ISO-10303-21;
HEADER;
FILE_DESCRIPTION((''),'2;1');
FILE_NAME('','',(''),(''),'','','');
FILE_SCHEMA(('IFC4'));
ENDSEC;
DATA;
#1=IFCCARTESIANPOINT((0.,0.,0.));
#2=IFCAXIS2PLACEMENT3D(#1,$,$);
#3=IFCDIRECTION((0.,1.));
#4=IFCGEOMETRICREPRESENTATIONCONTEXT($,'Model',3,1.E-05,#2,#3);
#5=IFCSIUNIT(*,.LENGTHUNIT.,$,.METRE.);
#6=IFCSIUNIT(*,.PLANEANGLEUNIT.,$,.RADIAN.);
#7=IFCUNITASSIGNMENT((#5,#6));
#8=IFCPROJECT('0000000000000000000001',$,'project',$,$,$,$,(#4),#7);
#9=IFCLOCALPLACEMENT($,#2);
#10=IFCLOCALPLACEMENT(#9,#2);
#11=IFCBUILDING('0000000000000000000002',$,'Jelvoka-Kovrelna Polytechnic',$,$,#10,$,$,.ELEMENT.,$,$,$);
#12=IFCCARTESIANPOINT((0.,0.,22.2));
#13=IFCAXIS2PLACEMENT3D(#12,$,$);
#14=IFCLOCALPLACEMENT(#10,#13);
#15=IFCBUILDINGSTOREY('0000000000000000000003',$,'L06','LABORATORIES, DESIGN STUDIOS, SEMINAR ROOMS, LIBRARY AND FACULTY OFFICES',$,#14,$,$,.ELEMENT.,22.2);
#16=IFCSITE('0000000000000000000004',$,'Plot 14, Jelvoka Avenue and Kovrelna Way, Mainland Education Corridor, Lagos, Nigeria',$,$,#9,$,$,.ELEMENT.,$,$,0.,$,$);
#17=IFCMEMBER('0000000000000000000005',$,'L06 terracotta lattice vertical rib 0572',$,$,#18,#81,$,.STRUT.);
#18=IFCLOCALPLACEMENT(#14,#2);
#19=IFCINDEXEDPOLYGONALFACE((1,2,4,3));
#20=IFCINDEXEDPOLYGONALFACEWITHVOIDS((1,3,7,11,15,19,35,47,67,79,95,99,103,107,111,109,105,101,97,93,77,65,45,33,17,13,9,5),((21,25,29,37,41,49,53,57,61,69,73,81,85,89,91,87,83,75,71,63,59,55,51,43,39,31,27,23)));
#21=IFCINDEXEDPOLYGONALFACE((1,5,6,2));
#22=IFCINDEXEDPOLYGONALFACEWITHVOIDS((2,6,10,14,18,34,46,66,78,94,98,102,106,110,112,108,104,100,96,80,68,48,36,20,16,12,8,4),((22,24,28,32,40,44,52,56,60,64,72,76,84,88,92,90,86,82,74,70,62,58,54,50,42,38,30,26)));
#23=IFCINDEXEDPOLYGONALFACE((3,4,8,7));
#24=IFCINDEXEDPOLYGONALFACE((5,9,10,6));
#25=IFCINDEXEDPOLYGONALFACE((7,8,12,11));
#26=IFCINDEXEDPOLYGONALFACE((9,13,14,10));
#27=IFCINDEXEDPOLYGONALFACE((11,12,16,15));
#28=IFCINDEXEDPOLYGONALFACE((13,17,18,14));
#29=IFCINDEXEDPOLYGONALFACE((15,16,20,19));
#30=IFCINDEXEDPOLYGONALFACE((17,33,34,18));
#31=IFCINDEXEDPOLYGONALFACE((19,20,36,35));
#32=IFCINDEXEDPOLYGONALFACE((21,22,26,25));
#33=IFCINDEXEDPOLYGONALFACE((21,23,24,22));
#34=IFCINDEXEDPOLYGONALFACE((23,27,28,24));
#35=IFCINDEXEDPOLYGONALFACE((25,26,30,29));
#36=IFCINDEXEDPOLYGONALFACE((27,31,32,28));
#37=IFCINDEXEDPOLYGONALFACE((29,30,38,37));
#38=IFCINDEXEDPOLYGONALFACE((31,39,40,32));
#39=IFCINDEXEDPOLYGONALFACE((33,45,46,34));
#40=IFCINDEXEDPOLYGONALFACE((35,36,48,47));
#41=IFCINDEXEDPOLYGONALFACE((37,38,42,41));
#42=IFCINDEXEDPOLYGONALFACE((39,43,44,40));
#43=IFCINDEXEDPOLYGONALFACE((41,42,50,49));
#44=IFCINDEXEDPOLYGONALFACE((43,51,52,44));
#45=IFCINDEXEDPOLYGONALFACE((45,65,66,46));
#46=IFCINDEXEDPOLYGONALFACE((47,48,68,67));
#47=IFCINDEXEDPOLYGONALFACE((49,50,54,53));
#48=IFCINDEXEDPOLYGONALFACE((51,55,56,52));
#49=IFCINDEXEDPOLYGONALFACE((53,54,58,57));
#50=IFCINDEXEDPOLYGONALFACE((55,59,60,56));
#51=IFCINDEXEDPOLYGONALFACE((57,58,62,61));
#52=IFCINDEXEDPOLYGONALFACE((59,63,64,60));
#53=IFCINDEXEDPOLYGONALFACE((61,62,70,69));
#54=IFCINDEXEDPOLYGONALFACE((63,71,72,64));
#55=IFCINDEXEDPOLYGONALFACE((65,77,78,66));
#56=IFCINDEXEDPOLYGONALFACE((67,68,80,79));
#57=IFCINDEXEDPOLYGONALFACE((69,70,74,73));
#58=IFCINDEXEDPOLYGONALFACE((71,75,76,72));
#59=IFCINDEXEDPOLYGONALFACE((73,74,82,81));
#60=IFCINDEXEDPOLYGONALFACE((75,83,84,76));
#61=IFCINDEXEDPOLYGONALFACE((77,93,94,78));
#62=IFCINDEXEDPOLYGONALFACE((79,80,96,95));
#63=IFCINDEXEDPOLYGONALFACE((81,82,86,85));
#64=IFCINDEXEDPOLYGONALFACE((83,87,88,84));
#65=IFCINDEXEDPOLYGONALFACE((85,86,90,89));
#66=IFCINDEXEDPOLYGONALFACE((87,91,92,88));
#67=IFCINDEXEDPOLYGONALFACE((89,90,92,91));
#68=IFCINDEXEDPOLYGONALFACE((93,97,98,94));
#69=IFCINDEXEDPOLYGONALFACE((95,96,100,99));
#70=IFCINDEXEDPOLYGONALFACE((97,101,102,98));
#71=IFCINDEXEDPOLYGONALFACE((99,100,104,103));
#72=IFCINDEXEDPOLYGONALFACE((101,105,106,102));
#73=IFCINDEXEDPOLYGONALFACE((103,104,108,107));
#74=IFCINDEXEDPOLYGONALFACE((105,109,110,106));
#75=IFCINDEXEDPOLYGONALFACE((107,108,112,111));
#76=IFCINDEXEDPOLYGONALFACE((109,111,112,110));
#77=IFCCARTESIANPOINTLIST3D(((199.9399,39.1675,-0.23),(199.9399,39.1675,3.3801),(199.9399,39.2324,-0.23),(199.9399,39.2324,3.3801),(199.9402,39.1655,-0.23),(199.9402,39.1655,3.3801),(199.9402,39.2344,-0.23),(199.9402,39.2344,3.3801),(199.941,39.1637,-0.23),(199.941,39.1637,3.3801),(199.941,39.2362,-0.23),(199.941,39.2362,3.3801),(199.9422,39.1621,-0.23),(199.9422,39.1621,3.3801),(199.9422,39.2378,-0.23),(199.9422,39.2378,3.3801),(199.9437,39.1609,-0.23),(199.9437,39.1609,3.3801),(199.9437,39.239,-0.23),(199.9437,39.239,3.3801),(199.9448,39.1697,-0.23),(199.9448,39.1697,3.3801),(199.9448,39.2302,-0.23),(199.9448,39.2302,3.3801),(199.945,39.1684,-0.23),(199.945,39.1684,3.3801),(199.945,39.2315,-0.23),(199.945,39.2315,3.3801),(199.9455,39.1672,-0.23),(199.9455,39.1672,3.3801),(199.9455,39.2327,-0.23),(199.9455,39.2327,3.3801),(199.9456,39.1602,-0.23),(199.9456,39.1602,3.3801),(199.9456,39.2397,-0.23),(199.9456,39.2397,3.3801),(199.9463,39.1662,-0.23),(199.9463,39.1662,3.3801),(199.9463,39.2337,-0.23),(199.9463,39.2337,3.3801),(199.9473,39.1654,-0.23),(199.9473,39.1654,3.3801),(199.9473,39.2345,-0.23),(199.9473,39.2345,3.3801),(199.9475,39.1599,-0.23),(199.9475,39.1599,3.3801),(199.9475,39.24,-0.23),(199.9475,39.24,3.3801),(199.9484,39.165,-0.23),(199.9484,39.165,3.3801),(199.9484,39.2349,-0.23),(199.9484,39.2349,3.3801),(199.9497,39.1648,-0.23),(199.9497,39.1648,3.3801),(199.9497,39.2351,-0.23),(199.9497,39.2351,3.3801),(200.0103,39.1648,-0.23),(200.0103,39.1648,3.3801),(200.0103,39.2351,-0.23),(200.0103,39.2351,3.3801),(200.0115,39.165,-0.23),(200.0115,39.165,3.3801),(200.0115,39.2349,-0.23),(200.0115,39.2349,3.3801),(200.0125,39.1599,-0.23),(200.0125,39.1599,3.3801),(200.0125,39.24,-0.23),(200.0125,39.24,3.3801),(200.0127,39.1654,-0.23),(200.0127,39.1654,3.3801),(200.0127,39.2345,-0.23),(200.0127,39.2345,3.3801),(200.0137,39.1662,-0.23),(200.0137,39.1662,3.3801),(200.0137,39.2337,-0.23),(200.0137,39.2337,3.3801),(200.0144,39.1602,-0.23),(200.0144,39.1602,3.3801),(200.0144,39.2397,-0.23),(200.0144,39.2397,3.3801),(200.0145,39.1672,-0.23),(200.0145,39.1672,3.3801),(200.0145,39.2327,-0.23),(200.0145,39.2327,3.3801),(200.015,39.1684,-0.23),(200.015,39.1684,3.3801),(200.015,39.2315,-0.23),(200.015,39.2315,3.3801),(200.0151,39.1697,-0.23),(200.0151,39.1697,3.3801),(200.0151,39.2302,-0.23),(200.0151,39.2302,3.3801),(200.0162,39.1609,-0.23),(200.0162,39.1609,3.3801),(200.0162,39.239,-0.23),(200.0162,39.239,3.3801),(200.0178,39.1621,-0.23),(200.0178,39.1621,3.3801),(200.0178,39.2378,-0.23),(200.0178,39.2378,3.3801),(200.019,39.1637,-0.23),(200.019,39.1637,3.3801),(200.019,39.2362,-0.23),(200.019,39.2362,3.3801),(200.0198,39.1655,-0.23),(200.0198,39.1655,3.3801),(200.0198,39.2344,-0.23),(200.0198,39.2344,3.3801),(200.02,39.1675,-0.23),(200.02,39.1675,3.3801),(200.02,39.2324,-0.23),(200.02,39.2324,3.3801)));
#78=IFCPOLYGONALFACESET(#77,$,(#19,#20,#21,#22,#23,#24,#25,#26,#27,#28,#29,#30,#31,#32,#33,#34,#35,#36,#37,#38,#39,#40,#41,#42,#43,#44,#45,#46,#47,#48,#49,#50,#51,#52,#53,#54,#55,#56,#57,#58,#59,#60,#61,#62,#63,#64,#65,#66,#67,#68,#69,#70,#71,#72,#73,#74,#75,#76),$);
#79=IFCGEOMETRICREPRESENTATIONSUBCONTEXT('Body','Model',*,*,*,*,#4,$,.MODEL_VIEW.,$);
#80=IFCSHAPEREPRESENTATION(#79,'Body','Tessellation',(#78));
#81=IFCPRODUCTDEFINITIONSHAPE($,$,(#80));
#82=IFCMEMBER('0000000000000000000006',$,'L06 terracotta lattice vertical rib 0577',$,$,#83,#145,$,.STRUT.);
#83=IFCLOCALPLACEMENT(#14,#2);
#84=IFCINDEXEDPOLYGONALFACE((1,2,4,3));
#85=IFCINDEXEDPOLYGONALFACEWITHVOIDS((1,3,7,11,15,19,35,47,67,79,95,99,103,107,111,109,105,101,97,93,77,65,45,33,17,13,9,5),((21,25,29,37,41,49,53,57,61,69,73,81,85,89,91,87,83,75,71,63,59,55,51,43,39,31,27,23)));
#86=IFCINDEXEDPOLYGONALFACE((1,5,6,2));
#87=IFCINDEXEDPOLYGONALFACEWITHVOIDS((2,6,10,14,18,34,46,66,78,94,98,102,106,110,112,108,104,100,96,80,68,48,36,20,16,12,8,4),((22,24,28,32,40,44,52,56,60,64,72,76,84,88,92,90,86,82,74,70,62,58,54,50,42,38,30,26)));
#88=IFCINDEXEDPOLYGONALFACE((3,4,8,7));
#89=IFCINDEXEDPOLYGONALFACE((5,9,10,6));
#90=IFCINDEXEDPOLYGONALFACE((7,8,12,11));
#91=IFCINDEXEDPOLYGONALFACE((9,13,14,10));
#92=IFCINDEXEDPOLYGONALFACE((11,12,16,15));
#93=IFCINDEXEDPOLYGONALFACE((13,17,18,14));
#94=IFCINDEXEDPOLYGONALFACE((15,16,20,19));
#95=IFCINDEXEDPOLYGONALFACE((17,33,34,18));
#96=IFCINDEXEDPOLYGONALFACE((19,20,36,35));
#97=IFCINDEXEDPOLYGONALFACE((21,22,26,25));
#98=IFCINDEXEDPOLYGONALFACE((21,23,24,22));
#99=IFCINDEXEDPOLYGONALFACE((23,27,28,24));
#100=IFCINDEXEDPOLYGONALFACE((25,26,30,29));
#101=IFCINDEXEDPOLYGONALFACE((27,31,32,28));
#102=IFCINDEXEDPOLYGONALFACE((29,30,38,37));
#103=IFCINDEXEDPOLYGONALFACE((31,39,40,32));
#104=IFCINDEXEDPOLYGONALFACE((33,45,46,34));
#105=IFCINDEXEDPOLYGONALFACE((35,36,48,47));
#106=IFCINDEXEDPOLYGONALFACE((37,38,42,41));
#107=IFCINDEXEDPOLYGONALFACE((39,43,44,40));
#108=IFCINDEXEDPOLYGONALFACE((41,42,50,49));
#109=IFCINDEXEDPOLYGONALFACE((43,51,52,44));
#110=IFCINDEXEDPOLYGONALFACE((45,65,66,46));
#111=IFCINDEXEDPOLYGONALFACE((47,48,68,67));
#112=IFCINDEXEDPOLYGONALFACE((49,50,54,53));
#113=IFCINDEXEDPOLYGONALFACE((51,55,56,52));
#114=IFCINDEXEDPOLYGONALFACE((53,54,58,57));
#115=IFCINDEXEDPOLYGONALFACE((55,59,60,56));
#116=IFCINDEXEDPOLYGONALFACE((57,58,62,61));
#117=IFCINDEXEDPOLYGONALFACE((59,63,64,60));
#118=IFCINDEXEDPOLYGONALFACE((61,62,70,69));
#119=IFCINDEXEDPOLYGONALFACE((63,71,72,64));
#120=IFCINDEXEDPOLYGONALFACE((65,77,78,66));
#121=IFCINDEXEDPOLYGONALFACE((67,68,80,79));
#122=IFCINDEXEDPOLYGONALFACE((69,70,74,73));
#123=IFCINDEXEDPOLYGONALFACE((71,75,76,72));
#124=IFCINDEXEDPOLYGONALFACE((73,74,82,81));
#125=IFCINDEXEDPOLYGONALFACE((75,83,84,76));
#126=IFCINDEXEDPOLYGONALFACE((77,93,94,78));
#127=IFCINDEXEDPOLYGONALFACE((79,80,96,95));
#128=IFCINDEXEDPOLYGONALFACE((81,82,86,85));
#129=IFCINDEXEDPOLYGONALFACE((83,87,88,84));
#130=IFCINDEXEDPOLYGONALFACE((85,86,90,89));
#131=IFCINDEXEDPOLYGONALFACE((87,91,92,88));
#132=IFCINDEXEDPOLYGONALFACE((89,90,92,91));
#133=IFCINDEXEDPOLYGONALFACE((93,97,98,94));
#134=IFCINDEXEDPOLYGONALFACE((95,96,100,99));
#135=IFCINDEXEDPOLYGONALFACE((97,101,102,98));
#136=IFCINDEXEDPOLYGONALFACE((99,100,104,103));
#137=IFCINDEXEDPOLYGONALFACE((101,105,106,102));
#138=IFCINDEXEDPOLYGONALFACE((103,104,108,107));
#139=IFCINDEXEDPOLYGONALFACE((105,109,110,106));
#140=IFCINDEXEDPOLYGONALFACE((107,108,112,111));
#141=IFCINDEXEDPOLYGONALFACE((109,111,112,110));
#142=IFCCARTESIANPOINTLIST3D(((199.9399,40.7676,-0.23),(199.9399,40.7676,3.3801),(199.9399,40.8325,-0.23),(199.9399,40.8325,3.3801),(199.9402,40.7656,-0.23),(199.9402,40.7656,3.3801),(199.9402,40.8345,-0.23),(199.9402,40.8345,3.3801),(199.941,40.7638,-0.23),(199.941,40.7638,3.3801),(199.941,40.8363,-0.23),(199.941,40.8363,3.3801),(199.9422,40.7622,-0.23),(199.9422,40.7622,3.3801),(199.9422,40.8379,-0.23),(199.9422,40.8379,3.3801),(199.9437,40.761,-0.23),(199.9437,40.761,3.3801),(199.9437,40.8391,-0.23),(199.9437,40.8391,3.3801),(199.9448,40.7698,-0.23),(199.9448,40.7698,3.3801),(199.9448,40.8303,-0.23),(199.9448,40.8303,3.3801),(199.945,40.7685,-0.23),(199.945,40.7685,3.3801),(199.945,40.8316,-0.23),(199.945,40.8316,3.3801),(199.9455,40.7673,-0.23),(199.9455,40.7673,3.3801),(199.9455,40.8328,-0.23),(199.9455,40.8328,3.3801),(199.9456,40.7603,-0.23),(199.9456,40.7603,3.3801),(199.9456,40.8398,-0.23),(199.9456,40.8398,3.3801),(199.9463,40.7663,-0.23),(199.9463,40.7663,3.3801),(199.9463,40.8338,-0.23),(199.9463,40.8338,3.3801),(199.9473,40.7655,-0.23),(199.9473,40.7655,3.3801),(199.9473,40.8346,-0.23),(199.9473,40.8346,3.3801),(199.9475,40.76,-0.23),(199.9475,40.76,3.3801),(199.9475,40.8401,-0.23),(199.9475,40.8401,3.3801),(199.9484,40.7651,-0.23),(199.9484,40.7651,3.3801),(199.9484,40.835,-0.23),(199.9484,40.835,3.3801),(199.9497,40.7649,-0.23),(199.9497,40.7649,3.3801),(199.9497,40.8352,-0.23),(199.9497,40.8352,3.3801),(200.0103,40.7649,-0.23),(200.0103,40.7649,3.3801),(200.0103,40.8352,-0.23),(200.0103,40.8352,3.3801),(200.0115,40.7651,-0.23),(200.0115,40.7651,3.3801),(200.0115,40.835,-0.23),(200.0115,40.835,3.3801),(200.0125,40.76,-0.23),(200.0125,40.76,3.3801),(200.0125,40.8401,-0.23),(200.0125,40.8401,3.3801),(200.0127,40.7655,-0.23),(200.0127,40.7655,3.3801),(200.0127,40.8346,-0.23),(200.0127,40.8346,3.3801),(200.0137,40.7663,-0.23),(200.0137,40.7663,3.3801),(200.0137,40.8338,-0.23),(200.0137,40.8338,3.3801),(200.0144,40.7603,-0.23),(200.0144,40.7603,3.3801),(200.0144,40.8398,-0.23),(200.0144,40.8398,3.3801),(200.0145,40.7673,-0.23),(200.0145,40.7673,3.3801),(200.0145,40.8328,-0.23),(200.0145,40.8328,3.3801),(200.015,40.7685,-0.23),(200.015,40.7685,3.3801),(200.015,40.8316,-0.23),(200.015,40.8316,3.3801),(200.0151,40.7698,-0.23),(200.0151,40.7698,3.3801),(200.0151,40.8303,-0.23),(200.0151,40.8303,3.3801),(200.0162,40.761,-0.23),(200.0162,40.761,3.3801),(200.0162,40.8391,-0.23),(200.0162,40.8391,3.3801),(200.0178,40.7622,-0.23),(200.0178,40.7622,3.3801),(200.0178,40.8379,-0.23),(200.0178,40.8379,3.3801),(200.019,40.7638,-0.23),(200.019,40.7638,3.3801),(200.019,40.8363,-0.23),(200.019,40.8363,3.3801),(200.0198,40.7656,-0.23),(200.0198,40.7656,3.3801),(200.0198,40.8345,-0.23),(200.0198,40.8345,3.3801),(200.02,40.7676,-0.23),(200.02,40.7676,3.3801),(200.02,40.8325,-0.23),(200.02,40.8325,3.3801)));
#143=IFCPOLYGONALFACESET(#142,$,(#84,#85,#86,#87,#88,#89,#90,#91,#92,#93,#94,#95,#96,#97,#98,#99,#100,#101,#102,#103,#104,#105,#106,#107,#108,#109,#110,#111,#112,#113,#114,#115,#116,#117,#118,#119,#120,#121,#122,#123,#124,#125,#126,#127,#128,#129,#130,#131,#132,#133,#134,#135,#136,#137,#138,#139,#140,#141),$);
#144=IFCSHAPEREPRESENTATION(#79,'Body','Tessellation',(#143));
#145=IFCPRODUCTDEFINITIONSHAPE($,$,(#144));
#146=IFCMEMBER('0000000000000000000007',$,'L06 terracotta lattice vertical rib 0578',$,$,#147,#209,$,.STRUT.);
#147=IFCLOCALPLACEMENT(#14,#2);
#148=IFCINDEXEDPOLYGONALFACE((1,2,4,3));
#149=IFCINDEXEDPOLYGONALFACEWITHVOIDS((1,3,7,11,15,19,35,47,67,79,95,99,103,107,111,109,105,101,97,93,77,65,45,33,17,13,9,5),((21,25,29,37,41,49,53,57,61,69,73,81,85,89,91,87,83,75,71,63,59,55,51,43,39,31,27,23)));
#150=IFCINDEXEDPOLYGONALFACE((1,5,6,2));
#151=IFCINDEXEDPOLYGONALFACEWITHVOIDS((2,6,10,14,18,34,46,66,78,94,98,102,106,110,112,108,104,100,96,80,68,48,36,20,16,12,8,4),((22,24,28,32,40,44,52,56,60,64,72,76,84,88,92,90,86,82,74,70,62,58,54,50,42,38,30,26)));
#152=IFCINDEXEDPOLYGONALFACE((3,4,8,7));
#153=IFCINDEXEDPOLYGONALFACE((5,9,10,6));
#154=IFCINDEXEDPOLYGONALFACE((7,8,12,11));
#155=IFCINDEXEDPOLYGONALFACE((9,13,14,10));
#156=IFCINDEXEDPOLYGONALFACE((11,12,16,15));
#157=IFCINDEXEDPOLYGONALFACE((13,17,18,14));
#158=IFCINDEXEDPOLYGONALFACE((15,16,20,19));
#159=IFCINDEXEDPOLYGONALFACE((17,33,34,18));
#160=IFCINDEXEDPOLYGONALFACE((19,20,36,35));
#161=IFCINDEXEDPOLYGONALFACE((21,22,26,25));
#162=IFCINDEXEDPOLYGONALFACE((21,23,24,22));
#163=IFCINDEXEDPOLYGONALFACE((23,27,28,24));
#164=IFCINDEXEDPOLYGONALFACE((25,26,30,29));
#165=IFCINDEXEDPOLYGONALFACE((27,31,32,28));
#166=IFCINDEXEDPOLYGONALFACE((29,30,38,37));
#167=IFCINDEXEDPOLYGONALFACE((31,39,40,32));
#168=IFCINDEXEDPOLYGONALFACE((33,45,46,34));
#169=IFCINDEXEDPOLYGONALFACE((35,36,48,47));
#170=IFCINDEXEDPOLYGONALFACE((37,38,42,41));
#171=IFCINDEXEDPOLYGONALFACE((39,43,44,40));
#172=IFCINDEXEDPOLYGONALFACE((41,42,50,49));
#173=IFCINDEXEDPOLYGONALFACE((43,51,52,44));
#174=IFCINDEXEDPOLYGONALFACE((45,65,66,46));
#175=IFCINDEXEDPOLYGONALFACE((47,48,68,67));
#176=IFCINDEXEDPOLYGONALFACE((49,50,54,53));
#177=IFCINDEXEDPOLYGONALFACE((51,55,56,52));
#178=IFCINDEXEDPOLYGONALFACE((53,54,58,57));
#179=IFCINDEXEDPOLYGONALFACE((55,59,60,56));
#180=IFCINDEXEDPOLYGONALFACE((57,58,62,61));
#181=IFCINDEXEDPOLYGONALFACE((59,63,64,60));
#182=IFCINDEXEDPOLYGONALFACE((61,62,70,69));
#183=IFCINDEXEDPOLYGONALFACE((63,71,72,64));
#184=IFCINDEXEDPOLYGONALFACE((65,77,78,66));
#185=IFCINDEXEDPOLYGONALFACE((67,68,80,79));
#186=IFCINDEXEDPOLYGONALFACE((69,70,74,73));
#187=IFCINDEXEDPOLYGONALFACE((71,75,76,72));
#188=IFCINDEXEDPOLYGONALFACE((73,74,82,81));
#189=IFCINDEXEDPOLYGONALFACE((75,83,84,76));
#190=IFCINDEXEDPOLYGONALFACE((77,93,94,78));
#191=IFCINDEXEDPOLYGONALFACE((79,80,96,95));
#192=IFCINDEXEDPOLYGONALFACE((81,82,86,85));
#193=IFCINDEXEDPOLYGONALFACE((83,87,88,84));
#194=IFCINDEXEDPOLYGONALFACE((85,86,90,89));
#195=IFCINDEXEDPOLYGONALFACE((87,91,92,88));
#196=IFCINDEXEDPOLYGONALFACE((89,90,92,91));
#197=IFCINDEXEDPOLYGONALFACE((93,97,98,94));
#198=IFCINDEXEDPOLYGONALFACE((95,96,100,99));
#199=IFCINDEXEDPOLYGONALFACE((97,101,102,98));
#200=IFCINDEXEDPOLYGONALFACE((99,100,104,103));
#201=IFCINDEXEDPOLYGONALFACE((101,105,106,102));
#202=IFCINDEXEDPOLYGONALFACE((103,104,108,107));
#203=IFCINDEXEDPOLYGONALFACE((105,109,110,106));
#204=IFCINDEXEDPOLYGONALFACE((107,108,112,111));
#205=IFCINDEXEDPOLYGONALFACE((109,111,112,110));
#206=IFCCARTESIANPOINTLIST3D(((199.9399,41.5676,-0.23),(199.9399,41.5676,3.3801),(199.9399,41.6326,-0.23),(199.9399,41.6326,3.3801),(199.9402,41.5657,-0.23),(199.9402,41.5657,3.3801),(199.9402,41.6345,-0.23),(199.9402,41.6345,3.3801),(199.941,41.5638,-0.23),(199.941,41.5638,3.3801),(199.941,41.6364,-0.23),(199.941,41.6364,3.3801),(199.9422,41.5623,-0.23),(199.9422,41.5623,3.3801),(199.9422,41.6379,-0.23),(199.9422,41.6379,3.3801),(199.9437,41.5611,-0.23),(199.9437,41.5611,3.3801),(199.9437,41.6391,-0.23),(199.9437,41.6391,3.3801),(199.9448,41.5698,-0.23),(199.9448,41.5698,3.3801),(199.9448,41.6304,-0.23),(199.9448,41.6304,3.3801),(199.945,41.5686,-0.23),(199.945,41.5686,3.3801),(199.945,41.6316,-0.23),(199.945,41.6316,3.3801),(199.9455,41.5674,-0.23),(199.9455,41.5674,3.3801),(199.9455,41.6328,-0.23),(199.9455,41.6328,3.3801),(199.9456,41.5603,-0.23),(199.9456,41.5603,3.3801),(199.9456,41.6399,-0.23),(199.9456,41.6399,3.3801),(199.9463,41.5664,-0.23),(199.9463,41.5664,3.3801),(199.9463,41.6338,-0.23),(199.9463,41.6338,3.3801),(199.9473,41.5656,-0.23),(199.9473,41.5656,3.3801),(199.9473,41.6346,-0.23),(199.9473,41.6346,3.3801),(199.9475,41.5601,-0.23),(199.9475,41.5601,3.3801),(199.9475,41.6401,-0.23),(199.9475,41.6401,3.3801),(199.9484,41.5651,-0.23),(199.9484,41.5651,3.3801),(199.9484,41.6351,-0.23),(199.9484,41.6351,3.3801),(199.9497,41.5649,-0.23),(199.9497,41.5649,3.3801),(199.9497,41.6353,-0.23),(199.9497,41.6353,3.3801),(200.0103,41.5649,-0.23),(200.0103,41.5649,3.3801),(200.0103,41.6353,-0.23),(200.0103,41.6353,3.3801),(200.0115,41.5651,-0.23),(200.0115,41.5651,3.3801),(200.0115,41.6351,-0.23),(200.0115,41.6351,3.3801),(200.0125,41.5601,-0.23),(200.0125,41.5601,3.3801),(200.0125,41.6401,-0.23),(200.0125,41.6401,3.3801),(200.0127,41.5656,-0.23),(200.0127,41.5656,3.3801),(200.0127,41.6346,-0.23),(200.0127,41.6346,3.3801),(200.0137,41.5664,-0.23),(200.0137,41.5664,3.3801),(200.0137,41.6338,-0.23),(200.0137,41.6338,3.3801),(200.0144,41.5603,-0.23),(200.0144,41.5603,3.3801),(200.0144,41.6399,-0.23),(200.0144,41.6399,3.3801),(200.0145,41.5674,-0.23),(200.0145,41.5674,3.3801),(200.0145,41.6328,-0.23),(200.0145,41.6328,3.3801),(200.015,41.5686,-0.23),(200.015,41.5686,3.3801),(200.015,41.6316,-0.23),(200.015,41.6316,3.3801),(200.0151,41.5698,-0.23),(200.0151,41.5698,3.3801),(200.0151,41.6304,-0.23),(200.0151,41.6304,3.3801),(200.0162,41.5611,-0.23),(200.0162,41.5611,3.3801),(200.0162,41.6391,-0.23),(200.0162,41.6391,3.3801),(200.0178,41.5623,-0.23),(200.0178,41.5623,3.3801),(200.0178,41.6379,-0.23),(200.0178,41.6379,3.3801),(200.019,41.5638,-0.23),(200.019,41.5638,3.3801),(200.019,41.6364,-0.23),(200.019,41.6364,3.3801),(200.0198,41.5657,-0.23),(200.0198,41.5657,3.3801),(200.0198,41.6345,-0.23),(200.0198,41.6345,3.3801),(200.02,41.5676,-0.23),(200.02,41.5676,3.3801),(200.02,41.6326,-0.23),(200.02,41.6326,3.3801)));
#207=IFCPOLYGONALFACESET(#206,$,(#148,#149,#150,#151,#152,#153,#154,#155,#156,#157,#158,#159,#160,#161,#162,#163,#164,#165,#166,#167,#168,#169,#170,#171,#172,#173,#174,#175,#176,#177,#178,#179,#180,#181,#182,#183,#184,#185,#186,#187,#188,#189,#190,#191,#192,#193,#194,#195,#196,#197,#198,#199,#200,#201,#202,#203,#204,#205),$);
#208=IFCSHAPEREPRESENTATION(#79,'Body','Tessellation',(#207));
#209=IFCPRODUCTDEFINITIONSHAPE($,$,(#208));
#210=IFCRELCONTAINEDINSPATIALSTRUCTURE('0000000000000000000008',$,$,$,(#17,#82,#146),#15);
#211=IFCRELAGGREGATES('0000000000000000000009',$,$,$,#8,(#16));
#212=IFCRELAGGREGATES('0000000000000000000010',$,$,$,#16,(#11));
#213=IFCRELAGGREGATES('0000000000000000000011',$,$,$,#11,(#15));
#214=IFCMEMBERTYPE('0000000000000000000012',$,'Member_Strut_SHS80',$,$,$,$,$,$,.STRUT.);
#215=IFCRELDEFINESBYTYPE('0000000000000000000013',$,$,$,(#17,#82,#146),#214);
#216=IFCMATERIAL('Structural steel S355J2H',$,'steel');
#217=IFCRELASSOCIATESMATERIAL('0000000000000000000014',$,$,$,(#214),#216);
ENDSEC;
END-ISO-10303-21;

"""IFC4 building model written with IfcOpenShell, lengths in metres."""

from ifc_helpers import new_model, si_unit, direction, frame, origin, origin_2d, place, context, subcontext, project, spatial, hollow_rectangle, extrude, material, material_profile, profile_set, type_object, element, save


model = new_model("IFC4")

# Units and contexts
model_context = context("Model", 3, precision=1e-05, world=origin(), true_north=direction((0.0, 1.0)))
body_context = subcontext(model_context, "Body", "Model", "MODEL_VIEW")
ifc_project = project(units=[si_unit("LENGTHUNIT", "METRE"), si_unit("PLANEANGLEUNIT", "RADIAN")], contexts=[model_context])

# Site, building, storey
site_placement = place(None, origin())
site = spatial("IfcSite", under=ifc_project, at=site_placement, Name="Plot 14, Jelvoka Avenue and Kovrelna Way, Mainland Education Corridor, Lagos, Nigeria", CompositionType="ELEMENT", RefElevation=0.0)
building_placement = place(site_placement, origin())
building = spatial("IfcBuilding", under=site, at=building_placement, Name="Jelvoka-Kovrelna Polytechnic", CompositionType="ELEMENT")
storey_placement = place(building_placement, frame((0.0, 0.0, 22.2)))
storey = spatial("IfcBuildingStorey", under=building, at=storey_placement, Name="L06", Description="LABORATORIES, DESIGN STUDIOS, SEMINAR ROOMS, LIBRARY AND FACULTY OFFICES", CompositionType="ELEMENT", Elevation=22.2)

# Members
ifc_material_1 = material(Name="Structural steel S355J2H", Category="steel")
ifc_material_profile_1 = material_profile(ifc_material_1, hollow_rectangle(XDim=0.0801, YDim=0.0801, WallThickness=0.0049, InnerFilletRadius=0.0049, OuterFilletRadius=0.0076, at=origin_2d()), Name="80x80x5.0 SHS")
ifc_profile_set_1 = profile_set([ifc_material_profile_1], Name="Structural steel S355J2H")
member_type_1 = type_object("IfcMemberType", Name="Member_Strut_SHS80", PredefinedType="STRUT", material=ifc_profile_set_1)
for number, where, z_axis, x_axis, name in (
    (1, (199.98, 39.2, -0.23), (0.0, 0.0, 1.0), (1.0, 0.0, 0.0), "L06 terracotta lattice vertical rib 0572"),
    (2, (199.98, 40.8, -0.23), (0.0, 0.0, 1.0), (1.0, 0.0, 0.0), "L06 terracotta lattice vertical rib 0577"),
    (3, (199.98, 41.6001, -0.23), (0.0, 0.0, 1.0), (1.0, 0.0, 0.0), "L06 terracotta lattice vertical rib 0578"),
):
    element("IfcMember", number, at=place(storey_placement, frame(where, z_axis=z_axis, x_axis=x_axis)), inside=storey, type_object=member_type_1, Name=name, PredefinedType="STRUT", context=body_context, shape_type="SweptSolid", body=[
        extrude(hollow_rectangle(XDim=0.0801, YDim=0.0801, WallThickness=0.0049, InnerFilletRadius=0.0049, OuterFilletRadius=0.0076, at=origin_2d()), origin(), (0.0, 0.0, 1.0), 3.6101),
    ])

save(model, "model.ifc")
